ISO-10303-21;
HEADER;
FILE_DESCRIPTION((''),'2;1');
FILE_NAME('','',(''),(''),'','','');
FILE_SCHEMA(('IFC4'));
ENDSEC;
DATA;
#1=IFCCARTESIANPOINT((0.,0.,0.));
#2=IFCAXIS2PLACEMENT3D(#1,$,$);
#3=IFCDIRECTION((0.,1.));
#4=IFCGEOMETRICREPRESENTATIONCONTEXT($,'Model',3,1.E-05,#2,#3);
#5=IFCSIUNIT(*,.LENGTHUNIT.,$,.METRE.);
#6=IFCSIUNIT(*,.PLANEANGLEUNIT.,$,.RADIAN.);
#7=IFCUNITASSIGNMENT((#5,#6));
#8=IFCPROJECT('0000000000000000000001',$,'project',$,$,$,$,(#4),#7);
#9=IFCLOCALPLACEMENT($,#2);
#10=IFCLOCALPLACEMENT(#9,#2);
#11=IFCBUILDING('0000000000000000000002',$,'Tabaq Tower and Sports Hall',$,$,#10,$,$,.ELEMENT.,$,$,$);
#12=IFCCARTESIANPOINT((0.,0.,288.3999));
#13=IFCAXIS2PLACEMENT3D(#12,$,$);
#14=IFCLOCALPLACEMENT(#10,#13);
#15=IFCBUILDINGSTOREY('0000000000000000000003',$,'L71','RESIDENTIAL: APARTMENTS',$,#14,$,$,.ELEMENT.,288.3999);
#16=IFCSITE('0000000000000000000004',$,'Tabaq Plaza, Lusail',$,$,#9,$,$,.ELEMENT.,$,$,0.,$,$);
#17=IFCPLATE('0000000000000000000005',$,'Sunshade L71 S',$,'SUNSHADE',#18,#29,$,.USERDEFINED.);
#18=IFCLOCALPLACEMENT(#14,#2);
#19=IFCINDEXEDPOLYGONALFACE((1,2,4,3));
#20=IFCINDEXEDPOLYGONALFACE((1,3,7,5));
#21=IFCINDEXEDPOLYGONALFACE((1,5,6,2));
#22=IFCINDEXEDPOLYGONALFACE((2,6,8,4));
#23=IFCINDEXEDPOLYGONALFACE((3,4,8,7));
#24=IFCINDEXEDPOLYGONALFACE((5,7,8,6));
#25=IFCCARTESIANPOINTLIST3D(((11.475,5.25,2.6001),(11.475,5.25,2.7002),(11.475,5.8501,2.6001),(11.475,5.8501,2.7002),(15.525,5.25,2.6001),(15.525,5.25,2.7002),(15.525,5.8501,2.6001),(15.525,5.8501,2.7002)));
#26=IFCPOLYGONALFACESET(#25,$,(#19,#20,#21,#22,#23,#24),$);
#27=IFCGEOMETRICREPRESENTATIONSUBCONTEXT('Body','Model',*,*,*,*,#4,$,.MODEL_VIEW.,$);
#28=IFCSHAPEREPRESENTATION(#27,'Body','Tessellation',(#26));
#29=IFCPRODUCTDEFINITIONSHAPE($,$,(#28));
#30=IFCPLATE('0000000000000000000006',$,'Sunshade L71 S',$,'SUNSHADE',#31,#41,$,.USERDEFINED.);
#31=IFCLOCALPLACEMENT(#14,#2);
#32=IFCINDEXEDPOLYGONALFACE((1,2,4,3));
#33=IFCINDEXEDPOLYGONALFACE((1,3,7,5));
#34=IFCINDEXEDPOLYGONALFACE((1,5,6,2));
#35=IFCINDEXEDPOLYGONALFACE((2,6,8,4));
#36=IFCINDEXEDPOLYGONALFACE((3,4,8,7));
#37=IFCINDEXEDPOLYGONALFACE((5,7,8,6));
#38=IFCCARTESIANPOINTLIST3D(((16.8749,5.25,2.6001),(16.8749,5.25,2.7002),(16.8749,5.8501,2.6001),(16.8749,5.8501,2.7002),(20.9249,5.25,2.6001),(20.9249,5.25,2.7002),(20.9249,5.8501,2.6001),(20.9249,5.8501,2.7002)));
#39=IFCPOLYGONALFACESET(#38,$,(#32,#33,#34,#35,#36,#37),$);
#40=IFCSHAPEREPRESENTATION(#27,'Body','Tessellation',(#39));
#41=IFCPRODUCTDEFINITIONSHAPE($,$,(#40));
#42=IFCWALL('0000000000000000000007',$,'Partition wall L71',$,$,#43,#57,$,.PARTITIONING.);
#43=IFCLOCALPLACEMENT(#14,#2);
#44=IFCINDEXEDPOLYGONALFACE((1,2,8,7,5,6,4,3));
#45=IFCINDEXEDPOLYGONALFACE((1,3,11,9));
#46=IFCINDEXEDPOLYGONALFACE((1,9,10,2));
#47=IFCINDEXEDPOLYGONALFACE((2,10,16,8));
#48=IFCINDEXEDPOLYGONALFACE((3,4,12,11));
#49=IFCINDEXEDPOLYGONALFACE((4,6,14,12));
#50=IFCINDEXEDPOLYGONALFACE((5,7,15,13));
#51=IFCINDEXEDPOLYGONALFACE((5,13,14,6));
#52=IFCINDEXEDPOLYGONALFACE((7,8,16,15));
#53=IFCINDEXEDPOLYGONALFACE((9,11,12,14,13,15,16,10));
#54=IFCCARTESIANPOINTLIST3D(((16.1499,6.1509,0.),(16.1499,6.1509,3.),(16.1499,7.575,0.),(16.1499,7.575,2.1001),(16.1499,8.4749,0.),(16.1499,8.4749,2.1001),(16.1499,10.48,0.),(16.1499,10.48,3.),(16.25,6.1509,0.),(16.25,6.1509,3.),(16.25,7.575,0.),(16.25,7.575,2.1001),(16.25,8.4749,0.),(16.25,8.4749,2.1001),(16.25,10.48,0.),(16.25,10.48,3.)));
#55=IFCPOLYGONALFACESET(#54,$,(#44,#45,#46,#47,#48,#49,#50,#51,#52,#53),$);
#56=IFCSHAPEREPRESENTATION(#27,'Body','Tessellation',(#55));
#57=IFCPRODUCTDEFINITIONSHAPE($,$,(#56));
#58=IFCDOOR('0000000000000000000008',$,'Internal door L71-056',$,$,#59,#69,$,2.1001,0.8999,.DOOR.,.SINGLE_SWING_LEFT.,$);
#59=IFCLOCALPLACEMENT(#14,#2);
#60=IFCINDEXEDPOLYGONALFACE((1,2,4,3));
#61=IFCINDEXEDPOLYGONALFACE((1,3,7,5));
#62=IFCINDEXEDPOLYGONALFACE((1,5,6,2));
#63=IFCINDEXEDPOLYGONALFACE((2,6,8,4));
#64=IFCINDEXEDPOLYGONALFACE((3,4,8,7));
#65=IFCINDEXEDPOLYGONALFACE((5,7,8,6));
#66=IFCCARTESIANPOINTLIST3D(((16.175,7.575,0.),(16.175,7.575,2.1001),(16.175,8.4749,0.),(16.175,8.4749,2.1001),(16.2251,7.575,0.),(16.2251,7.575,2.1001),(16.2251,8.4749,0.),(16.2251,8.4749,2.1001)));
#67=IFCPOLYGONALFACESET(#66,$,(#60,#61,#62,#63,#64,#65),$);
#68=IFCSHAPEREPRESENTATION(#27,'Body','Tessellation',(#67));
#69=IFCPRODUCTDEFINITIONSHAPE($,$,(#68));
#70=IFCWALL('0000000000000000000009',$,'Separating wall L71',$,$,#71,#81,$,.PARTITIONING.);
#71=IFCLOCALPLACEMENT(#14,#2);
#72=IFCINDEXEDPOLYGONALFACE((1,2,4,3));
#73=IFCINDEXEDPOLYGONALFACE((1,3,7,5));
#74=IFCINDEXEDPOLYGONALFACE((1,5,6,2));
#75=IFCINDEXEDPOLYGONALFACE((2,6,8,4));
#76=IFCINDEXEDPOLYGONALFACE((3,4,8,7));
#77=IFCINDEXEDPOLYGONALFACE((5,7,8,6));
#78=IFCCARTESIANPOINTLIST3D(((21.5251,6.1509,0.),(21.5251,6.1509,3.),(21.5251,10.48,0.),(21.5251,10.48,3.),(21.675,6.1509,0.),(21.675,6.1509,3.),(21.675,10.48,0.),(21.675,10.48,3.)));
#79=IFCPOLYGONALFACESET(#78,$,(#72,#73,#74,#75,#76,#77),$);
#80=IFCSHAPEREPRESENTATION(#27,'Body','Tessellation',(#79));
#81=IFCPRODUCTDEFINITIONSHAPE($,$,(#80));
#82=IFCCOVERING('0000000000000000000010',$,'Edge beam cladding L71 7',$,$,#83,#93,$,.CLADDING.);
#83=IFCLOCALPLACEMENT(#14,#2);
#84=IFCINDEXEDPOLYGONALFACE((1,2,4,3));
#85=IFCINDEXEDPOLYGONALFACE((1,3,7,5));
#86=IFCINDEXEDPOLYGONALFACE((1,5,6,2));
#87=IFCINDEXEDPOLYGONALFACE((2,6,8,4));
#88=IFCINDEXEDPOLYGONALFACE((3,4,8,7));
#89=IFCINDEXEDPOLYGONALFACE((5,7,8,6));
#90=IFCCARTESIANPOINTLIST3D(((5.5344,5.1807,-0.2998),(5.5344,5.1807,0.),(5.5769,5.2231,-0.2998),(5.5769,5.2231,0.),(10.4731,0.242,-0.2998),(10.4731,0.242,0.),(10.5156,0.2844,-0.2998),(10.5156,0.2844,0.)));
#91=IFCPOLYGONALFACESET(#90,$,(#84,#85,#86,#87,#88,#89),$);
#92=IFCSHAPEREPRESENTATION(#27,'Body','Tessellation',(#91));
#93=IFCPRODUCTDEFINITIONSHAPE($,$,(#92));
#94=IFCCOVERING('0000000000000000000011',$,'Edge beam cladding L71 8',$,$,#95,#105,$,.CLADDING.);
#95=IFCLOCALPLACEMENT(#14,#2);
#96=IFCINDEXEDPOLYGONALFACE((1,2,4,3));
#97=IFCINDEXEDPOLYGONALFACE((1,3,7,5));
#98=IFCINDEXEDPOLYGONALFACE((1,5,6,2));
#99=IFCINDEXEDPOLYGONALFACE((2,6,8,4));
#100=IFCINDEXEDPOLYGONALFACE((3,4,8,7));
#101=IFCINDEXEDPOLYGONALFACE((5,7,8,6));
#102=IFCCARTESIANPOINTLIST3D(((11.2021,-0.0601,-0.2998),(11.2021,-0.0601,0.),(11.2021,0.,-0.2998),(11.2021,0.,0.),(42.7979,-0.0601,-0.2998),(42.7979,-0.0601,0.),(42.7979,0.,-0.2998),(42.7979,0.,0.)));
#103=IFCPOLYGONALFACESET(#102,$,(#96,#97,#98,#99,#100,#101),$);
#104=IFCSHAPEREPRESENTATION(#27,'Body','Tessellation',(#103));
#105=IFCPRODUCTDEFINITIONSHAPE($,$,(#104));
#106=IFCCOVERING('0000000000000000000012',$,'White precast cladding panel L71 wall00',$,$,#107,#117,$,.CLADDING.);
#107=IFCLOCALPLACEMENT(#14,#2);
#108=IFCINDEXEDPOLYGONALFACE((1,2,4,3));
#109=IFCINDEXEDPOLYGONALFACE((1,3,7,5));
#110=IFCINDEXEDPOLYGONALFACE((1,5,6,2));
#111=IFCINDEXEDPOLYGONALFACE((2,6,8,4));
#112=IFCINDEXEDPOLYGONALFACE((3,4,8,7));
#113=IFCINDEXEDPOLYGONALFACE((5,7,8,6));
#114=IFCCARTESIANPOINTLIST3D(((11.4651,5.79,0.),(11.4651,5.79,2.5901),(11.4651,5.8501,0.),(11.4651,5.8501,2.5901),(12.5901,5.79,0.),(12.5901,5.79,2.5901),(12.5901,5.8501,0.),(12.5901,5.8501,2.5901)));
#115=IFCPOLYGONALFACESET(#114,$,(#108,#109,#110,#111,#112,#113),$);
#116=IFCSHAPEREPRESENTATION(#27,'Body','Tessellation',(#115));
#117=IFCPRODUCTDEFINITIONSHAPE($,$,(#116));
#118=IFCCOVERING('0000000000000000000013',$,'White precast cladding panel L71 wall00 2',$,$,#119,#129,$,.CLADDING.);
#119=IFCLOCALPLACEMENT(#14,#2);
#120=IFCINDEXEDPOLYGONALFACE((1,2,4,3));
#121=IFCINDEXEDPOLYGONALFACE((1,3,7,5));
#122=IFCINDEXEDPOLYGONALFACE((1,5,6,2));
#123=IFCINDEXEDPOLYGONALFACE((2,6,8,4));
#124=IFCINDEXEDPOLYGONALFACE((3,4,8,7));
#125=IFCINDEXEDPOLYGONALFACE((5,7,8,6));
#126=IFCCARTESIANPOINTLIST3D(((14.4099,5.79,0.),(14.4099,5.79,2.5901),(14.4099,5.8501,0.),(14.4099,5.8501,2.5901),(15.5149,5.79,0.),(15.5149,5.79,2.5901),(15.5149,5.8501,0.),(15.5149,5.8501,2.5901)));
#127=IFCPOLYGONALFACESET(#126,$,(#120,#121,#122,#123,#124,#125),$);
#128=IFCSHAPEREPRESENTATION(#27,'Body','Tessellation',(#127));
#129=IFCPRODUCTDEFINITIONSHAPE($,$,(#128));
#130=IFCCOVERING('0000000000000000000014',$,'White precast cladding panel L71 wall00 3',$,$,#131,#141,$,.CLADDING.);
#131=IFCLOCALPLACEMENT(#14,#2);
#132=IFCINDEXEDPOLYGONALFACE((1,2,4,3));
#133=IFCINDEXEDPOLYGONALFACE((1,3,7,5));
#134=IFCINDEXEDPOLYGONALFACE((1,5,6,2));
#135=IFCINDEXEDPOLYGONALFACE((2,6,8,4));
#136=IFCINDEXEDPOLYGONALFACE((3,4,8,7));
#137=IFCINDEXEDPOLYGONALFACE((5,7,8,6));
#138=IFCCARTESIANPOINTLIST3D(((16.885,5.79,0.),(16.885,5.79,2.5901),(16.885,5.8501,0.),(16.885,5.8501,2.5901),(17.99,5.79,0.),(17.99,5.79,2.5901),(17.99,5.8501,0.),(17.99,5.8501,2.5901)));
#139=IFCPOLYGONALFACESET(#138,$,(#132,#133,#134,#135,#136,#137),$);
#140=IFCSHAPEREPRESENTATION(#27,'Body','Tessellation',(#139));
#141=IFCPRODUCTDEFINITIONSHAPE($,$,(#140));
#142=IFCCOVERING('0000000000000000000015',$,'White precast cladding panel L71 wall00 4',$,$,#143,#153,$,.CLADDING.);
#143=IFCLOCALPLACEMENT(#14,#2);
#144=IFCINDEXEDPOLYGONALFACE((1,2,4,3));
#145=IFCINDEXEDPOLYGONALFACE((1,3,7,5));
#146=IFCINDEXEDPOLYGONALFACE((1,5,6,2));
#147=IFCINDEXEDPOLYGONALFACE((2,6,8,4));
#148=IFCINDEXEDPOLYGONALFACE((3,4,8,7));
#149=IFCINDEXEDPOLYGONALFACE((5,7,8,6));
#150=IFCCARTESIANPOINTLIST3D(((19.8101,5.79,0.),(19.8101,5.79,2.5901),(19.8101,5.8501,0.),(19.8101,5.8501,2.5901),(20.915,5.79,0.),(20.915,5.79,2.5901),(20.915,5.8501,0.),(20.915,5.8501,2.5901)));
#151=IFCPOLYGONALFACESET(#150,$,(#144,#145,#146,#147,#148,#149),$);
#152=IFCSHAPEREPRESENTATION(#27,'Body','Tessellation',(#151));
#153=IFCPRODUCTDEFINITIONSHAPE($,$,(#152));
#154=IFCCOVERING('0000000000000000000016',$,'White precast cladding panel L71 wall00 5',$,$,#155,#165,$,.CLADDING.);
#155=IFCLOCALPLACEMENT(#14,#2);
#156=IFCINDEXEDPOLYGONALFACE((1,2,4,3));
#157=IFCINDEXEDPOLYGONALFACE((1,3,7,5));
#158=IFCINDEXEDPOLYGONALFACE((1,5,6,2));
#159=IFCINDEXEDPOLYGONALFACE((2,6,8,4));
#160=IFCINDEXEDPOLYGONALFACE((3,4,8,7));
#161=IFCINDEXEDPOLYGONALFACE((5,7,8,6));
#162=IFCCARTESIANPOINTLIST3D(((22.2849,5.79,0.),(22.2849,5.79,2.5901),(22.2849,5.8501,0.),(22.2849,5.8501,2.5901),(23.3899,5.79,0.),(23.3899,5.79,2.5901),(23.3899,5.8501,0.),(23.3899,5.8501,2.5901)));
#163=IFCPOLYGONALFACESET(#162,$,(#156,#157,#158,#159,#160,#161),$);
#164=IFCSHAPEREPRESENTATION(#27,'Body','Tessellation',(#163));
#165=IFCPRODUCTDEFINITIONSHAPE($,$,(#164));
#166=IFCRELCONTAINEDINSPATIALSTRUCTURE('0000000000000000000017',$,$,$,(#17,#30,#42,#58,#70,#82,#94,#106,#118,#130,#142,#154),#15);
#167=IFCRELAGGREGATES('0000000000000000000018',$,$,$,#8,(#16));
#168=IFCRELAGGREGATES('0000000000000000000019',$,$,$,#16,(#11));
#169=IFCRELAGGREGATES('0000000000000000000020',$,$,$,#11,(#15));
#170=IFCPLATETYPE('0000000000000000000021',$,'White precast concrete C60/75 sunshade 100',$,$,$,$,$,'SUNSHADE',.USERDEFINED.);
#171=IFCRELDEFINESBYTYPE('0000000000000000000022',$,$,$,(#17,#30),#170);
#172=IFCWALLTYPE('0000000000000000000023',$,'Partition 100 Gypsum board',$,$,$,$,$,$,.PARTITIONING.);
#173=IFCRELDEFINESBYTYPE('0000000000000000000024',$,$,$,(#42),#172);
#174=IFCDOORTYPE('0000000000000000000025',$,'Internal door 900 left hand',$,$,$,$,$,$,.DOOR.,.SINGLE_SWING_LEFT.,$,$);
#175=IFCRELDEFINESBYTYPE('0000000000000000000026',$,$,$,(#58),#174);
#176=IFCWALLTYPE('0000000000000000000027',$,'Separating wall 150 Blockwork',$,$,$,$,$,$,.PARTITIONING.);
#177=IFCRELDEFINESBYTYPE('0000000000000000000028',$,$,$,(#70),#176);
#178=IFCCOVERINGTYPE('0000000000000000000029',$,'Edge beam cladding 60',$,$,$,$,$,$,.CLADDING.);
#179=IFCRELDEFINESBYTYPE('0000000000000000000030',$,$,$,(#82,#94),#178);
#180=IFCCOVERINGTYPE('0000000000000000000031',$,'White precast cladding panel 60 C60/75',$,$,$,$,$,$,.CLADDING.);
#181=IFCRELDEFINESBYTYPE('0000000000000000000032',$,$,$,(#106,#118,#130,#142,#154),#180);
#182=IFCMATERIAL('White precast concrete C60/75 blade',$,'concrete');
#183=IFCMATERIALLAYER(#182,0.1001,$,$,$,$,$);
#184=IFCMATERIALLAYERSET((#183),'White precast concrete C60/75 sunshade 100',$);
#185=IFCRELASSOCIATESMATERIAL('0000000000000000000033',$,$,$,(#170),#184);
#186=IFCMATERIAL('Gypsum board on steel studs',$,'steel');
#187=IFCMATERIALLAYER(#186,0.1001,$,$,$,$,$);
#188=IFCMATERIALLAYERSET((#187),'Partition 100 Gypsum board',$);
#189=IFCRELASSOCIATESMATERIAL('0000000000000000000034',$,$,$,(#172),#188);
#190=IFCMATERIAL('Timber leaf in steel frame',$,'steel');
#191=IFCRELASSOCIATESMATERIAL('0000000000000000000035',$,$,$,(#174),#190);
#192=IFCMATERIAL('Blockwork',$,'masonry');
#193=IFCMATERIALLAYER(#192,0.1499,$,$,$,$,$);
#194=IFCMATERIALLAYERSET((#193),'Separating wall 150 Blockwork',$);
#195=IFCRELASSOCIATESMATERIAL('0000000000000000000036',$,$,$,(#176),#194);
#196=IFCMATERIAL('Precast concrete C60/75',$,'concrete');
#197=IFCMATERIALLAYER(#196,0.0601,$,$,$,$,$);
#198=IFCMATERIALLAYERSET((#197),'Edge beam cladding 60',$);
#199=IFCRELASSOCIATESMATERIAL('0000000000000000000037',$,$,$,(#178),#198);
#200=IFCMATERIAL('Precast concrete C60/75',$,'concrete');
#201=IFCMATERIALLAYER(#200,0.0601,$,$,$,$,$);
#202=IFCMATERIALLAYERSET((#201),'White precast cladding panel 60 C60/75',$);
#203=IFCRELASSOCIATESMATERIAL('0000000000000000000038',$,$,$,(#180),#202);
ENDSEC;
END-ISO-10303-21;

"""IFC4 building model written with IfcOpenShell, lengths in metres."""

from ifc_helpers import new_model, si_unit, direction, frame, frame_2d, origin, origin_2d, place, context, subcontext, project, spatial, rectangle, extrude, material, layer, layer_set, type_object, element, fill, save


model = new_model("IFC4")

# Units and contexts
model_context = context("Model", 3, precision=1e-05, world=origin(), true_north=direction((0.0, 1.0)))
body_context = subcontext(model_context, "Body", "Model", "MODEL_VIEW")
ifc_project = project(units=[si_unit("LENGTHUNIT", "METRE"), si_unit("PLANEANGLEUNIT", "RADIAN")], contexts=[model_context])

# Site, building, storey
site_placement = place(None, origin())
site = spatial("IfcSite", under=ifc_project, at=site_placement, Name="Tabaq Plaza, Lusail", CompositionType="ELEMENT", RefElevation=0.0)
building_placement = place(site_placement, origin())
building = spatial("IfcBuilding", under=site, at=building_placement, Name="Tabaq Tower and Sports Hall", CompositionType="ELEMENT")
storey_placement = place(building_placement, frame((0.0, 0.0, 288.3999)))
storey = spatial("IfcBuildingStorey", under=building, at=storey_placement, Name="L71", Description="RESIDENTIAL: APARTMENTS", CompositionType="ELEMENT", Elevation=288.3999)

# Plates
ifc_material_1 = material(Name="White precast concrete C60/75 blade", Category="concrete")
ifc_layer_1 = layer(ifc_material_1, 0.1001)
ifc_layer_set_1 = layer_set([ifc_layer_1], Name="White precast concrete C60/75 sunshade 100")
plate_type = type_object("IfcPlateType", Name="White precast concrete C60/75 sunshade 100", ElementType="SUNSHADE", PredefinedType="USERDEFINED", material=ifc_layer_set_1)
for number, where, z_axis, x_axis, name in (
    (1, (13.5, 5.55, 2.6001), (0.0, 0.0, 1.0), (1.0, 0.0, 0.0), "Sunshade L71 S"),
    (2, (18.8999, 5.55, 2.6001), (0.0, 0.0, 1.0), (1.0, 0.0, 0.0), "Sunshade L71 S"),
):
    element("IfcPlate", number, at=place(storey_placement, frame(where, z_axis=z_axis, x_axis=x_axis)), inside=storey, type_object=plate_type, Name=name, ObjectType="SUNSHADE", PredefinedType="USERDEFINED", context=body_context, shape_type="SweptSolid", body=[
        extrude(rectangle(XDim=4.05, YDim=0.6001, at=origin_2d()), origin(), (0.0, 0.0, 1.0), 0.1001),
    ])

# Wall, opening, door
ifc_material_2 = material(Name="Gypsum board on steel studs", Category="steel")
ifc_layer_2 = layer(ifc_material_2, 0.1001)
ifc_layer_set_2 = layer_set([ifc_layer_2], Name="Partition 100 Gypsum board")
wall_type_1 = type_object("IfcWallType", Name="Partition 100 Gypsum board", PredefinedType="PARTITIONING", material=ifc_layer_set_2)
wall_1_placement = place(storey_placement, frame((16.2, 6.1509, 0.0), z_axis=(0.0, 0.0, 1.0), x_axis=(0.0, 1.0, 0.0)))
wall_1 = element("IfcWall", 3, at=wall_1_placement, inside=storey, type_object=wall_type_1, Name="Partition wall L71", PredefinedType="PARTITIONING", context=body_context, shape_type="SweptSolid", body=[
    extrude(rectangle(XDim=4.3291, YDim=0.1001, at=frame_2d((2.1646, 0.0))), origin(), (0.0, 0.0, 1.0), 3.0),
])
opening_1_placement = place(wall_1_placement, frame((1.4241, 0.0, 0.0)))
opening_1 = element("IfcOpeningElement", 4, at=opening_1_placement, cuts=wall_1, PredefinedType="OPENING", context=body_context, shape_type="SweptSolid", body=[
    extrude(rectangle(XDim=0.8999, YDim=2.1001, at=frame_2d((0.45, 1.05))), frame((0.0, 0.05, 0.0), z_axis=(0.0, -1.0, 0.0), x_axis=(1.0, 0.0, 0.0)), (0.0, 0.0, 1.0), 0.1001),
])
ifc_material_3 = material(Name="Timber leaf in steel frame", Category="steel")
door_type_1 = type_object("IfcDoorType", Name="Internal door 900 left hand", OperationType="SINGLE_SWING_LEFT", PredefinedType="DOOR", material=ifc_material_3)
door_1_placement = place(opening_1_placement, origin())
door_1 = element("IfcDoor", 5, at=door_1_placement, inside=storey, type_object=door_type_1, Name="Internal door L71-056", OperationType="SINGLE_SWING_LEFT", OverallHeight=2.1001, OverallWidth=0.8999, PredefinedType="DOOR", context=body_context, shape_type="SweptSolid", body=[
    extrude(rectangle(XDim=0.8999, YDim=2.1001, at=frame_2d((0.45, 1.05))), frame((0.0, 0.0249, 0.0), z_axis=(0.0, -1.0, 0.0), x_axis=(1.0, 0.0, 0.0)), (0.0, 0.0, 1.0), 0.05),
])
fill(opening_1, door_1)

# Wall
ifc_material_4 = material(Name="Blockwork", Category="masonry")
ifc_layer_3 = layer(ifc_material_4, 0.1499)
ifc_layer_set_3 = layer_set([ifc_layer_3], Name="Separating wall 150 Blockwork")
wall_type_2 = type_object("IfcWallType", Name="Separating wall 150 Blockwork", PredefinedType="PARTITIONING", material=ifc_layer_set_3)
wall_2_placement = place(storey_placement, frame((21.6001, 6.1509, 0.0), z_axis=(0.0, 0.0, 1.0), x_axis=(0.0, 1.0, 0.0)))
element("IfcWall", 6, at=wall_2_placement, inside=storey, type_object=wall_type_2, Name="Separating wall L71", PredefinedType="PARTITIONING", context=body_context, shape_type="SweptSolid", body=[
    extrude(rectangle(XDim=4.3291, YDim=0.1499, at=frame_2d((2.1646, 0.0))), origin(), (0.0, 0.0, 1.0), 3.0),
])

# Coverings
ifc_material_5 = material(Name="Precast concrete C60/75", Category="concrete")
ifc_layer_4 = layer(ifc_material_5, 0.0601)
ifc_layer_set_4 = layer_set([ifc_layer_4], Name="Edge beam cladding 60")
covering_type_1 = type_object("IfcCoveringType", Name="Edge beam cladding 60", PredefinedType="CLADDING", material=ifc_layer_set_4)
covering_1_placement = place(storey_placement, frame((5.5557, 5.2019, -0.2998), z_axis=(0.0, 0.0, 1.0), x_axis=(0.707107, -0.707107, 0.0)))
element("IfcCovering", 7, at=covering_1_placement, inside=storey, type_object=covering_type_1, Name="Edge beam cladding L71 7", PredefinedType="CLADDING", context=body_context, shape_type="SweptSolid", body=[
    extrude(rectangle(XDim=6.9844, YDim=0.0601, at=frame_2d((3.4922, 0.0))), origin(), (0.0, 0.0, 1.0), 0.2998),
])
covering_2_placement = place(storey_placement, frame((11.2021, -0.03, -0.2998), z_axis=(0.0, 0.0, 1.0), x_axis=(1.0, 0.0, 0.0)))
element("IfcCovering", 8, at=covering_2_placement, inside=storey, type_object=covering_type_1, Name="Edge beam cladding L71 8", PredefinedType="CLADDING", context=body_context, shape_type="SweptSolid", body=[
    extrude(rectangle(XDim=31.5957, YDim=0.0601, at=frame_2d((15.7979, 0.0))), origin(), (0.0, 0.0, 1.0), 0.2998),
])
ifc_material_6 = material(Name="Precast concrete C60/75", Category="concrete")
ifc_layer_5 = layer(ifc_material_6, 0.0601)
ifc_layer_set_5 = layer_set([ifc_layer_5], Name="White precast cladding panel 60 C60/75")
covering_type_2 = type_object("IfcCoveringType", Name="White precast cladding panel 60 C60/75", PredefinedType="CLADDING", material=ifc_layer_set_5)
covering_3_placement = place(storey_placement, frame((11.4651, 5.8201, 0.0), z_axis=(0.0, 0.0, 1.0), x_axis=(1.0, 0.0, 0.0)))
element("IfcCovering", 9, at=covering_3_placement, inside=storey, type_object=covering_type_2, Name="White precast cladding panel L71 wall00", PredefinedType="CLADDING", context=body_context, shape_type="SweptSolid", body=[
    extrude(rectangle(XDim=1.125, YDim=0.0601, at=frame_2d((0.5625, 0.0))), origin(), (0.0, 0.0, 1.0), 2.5901),
])
for number, where, z_axis, x_axis, name in (
    (10, (14.4099, 5.8201, 0.0), (0.0, 0.0, 1.0), (1.0, 0.0, 0.0), "White precast cladding panel L71 wall00 2"),
    (11, (16.885, 5.8201, 0.0), (0.0, 0.0, 1.0), (1.0, 0.0, 0.0), "White precast cladding panel L71 wall00 3"),
    (12, (19.8101, 5.8201, 0.0), (0.0, 0.0, 1.0), (1.0, 0.0, 0.0), "White precast cladding panel L71 wall00 4"),
    (13, (22.2849, 5.8201, 0.0), (0.0, 0.0, 1.0), (1.0, 0.0, 0.0), "White precast cladding panel L71 wall00 5"),
):
    element("IfcCovering", number, at=place(storey_placement, frame(where, z_axis=z_axis, x_axis=x_axis)), inside=storey, type_object=covering_type_2, Name=name, PredefinedType="CLADDING", context=body_context, shape_type="SweptSolid", body=[
        extrude(rectangle(XDim=1.105, YDim=0.0601, at=frame_2d((0.5525, 0.0))), origin(), (0.0, 0.0, 1.0), 2.5901),
    ])

save(model, "model.ifc")
